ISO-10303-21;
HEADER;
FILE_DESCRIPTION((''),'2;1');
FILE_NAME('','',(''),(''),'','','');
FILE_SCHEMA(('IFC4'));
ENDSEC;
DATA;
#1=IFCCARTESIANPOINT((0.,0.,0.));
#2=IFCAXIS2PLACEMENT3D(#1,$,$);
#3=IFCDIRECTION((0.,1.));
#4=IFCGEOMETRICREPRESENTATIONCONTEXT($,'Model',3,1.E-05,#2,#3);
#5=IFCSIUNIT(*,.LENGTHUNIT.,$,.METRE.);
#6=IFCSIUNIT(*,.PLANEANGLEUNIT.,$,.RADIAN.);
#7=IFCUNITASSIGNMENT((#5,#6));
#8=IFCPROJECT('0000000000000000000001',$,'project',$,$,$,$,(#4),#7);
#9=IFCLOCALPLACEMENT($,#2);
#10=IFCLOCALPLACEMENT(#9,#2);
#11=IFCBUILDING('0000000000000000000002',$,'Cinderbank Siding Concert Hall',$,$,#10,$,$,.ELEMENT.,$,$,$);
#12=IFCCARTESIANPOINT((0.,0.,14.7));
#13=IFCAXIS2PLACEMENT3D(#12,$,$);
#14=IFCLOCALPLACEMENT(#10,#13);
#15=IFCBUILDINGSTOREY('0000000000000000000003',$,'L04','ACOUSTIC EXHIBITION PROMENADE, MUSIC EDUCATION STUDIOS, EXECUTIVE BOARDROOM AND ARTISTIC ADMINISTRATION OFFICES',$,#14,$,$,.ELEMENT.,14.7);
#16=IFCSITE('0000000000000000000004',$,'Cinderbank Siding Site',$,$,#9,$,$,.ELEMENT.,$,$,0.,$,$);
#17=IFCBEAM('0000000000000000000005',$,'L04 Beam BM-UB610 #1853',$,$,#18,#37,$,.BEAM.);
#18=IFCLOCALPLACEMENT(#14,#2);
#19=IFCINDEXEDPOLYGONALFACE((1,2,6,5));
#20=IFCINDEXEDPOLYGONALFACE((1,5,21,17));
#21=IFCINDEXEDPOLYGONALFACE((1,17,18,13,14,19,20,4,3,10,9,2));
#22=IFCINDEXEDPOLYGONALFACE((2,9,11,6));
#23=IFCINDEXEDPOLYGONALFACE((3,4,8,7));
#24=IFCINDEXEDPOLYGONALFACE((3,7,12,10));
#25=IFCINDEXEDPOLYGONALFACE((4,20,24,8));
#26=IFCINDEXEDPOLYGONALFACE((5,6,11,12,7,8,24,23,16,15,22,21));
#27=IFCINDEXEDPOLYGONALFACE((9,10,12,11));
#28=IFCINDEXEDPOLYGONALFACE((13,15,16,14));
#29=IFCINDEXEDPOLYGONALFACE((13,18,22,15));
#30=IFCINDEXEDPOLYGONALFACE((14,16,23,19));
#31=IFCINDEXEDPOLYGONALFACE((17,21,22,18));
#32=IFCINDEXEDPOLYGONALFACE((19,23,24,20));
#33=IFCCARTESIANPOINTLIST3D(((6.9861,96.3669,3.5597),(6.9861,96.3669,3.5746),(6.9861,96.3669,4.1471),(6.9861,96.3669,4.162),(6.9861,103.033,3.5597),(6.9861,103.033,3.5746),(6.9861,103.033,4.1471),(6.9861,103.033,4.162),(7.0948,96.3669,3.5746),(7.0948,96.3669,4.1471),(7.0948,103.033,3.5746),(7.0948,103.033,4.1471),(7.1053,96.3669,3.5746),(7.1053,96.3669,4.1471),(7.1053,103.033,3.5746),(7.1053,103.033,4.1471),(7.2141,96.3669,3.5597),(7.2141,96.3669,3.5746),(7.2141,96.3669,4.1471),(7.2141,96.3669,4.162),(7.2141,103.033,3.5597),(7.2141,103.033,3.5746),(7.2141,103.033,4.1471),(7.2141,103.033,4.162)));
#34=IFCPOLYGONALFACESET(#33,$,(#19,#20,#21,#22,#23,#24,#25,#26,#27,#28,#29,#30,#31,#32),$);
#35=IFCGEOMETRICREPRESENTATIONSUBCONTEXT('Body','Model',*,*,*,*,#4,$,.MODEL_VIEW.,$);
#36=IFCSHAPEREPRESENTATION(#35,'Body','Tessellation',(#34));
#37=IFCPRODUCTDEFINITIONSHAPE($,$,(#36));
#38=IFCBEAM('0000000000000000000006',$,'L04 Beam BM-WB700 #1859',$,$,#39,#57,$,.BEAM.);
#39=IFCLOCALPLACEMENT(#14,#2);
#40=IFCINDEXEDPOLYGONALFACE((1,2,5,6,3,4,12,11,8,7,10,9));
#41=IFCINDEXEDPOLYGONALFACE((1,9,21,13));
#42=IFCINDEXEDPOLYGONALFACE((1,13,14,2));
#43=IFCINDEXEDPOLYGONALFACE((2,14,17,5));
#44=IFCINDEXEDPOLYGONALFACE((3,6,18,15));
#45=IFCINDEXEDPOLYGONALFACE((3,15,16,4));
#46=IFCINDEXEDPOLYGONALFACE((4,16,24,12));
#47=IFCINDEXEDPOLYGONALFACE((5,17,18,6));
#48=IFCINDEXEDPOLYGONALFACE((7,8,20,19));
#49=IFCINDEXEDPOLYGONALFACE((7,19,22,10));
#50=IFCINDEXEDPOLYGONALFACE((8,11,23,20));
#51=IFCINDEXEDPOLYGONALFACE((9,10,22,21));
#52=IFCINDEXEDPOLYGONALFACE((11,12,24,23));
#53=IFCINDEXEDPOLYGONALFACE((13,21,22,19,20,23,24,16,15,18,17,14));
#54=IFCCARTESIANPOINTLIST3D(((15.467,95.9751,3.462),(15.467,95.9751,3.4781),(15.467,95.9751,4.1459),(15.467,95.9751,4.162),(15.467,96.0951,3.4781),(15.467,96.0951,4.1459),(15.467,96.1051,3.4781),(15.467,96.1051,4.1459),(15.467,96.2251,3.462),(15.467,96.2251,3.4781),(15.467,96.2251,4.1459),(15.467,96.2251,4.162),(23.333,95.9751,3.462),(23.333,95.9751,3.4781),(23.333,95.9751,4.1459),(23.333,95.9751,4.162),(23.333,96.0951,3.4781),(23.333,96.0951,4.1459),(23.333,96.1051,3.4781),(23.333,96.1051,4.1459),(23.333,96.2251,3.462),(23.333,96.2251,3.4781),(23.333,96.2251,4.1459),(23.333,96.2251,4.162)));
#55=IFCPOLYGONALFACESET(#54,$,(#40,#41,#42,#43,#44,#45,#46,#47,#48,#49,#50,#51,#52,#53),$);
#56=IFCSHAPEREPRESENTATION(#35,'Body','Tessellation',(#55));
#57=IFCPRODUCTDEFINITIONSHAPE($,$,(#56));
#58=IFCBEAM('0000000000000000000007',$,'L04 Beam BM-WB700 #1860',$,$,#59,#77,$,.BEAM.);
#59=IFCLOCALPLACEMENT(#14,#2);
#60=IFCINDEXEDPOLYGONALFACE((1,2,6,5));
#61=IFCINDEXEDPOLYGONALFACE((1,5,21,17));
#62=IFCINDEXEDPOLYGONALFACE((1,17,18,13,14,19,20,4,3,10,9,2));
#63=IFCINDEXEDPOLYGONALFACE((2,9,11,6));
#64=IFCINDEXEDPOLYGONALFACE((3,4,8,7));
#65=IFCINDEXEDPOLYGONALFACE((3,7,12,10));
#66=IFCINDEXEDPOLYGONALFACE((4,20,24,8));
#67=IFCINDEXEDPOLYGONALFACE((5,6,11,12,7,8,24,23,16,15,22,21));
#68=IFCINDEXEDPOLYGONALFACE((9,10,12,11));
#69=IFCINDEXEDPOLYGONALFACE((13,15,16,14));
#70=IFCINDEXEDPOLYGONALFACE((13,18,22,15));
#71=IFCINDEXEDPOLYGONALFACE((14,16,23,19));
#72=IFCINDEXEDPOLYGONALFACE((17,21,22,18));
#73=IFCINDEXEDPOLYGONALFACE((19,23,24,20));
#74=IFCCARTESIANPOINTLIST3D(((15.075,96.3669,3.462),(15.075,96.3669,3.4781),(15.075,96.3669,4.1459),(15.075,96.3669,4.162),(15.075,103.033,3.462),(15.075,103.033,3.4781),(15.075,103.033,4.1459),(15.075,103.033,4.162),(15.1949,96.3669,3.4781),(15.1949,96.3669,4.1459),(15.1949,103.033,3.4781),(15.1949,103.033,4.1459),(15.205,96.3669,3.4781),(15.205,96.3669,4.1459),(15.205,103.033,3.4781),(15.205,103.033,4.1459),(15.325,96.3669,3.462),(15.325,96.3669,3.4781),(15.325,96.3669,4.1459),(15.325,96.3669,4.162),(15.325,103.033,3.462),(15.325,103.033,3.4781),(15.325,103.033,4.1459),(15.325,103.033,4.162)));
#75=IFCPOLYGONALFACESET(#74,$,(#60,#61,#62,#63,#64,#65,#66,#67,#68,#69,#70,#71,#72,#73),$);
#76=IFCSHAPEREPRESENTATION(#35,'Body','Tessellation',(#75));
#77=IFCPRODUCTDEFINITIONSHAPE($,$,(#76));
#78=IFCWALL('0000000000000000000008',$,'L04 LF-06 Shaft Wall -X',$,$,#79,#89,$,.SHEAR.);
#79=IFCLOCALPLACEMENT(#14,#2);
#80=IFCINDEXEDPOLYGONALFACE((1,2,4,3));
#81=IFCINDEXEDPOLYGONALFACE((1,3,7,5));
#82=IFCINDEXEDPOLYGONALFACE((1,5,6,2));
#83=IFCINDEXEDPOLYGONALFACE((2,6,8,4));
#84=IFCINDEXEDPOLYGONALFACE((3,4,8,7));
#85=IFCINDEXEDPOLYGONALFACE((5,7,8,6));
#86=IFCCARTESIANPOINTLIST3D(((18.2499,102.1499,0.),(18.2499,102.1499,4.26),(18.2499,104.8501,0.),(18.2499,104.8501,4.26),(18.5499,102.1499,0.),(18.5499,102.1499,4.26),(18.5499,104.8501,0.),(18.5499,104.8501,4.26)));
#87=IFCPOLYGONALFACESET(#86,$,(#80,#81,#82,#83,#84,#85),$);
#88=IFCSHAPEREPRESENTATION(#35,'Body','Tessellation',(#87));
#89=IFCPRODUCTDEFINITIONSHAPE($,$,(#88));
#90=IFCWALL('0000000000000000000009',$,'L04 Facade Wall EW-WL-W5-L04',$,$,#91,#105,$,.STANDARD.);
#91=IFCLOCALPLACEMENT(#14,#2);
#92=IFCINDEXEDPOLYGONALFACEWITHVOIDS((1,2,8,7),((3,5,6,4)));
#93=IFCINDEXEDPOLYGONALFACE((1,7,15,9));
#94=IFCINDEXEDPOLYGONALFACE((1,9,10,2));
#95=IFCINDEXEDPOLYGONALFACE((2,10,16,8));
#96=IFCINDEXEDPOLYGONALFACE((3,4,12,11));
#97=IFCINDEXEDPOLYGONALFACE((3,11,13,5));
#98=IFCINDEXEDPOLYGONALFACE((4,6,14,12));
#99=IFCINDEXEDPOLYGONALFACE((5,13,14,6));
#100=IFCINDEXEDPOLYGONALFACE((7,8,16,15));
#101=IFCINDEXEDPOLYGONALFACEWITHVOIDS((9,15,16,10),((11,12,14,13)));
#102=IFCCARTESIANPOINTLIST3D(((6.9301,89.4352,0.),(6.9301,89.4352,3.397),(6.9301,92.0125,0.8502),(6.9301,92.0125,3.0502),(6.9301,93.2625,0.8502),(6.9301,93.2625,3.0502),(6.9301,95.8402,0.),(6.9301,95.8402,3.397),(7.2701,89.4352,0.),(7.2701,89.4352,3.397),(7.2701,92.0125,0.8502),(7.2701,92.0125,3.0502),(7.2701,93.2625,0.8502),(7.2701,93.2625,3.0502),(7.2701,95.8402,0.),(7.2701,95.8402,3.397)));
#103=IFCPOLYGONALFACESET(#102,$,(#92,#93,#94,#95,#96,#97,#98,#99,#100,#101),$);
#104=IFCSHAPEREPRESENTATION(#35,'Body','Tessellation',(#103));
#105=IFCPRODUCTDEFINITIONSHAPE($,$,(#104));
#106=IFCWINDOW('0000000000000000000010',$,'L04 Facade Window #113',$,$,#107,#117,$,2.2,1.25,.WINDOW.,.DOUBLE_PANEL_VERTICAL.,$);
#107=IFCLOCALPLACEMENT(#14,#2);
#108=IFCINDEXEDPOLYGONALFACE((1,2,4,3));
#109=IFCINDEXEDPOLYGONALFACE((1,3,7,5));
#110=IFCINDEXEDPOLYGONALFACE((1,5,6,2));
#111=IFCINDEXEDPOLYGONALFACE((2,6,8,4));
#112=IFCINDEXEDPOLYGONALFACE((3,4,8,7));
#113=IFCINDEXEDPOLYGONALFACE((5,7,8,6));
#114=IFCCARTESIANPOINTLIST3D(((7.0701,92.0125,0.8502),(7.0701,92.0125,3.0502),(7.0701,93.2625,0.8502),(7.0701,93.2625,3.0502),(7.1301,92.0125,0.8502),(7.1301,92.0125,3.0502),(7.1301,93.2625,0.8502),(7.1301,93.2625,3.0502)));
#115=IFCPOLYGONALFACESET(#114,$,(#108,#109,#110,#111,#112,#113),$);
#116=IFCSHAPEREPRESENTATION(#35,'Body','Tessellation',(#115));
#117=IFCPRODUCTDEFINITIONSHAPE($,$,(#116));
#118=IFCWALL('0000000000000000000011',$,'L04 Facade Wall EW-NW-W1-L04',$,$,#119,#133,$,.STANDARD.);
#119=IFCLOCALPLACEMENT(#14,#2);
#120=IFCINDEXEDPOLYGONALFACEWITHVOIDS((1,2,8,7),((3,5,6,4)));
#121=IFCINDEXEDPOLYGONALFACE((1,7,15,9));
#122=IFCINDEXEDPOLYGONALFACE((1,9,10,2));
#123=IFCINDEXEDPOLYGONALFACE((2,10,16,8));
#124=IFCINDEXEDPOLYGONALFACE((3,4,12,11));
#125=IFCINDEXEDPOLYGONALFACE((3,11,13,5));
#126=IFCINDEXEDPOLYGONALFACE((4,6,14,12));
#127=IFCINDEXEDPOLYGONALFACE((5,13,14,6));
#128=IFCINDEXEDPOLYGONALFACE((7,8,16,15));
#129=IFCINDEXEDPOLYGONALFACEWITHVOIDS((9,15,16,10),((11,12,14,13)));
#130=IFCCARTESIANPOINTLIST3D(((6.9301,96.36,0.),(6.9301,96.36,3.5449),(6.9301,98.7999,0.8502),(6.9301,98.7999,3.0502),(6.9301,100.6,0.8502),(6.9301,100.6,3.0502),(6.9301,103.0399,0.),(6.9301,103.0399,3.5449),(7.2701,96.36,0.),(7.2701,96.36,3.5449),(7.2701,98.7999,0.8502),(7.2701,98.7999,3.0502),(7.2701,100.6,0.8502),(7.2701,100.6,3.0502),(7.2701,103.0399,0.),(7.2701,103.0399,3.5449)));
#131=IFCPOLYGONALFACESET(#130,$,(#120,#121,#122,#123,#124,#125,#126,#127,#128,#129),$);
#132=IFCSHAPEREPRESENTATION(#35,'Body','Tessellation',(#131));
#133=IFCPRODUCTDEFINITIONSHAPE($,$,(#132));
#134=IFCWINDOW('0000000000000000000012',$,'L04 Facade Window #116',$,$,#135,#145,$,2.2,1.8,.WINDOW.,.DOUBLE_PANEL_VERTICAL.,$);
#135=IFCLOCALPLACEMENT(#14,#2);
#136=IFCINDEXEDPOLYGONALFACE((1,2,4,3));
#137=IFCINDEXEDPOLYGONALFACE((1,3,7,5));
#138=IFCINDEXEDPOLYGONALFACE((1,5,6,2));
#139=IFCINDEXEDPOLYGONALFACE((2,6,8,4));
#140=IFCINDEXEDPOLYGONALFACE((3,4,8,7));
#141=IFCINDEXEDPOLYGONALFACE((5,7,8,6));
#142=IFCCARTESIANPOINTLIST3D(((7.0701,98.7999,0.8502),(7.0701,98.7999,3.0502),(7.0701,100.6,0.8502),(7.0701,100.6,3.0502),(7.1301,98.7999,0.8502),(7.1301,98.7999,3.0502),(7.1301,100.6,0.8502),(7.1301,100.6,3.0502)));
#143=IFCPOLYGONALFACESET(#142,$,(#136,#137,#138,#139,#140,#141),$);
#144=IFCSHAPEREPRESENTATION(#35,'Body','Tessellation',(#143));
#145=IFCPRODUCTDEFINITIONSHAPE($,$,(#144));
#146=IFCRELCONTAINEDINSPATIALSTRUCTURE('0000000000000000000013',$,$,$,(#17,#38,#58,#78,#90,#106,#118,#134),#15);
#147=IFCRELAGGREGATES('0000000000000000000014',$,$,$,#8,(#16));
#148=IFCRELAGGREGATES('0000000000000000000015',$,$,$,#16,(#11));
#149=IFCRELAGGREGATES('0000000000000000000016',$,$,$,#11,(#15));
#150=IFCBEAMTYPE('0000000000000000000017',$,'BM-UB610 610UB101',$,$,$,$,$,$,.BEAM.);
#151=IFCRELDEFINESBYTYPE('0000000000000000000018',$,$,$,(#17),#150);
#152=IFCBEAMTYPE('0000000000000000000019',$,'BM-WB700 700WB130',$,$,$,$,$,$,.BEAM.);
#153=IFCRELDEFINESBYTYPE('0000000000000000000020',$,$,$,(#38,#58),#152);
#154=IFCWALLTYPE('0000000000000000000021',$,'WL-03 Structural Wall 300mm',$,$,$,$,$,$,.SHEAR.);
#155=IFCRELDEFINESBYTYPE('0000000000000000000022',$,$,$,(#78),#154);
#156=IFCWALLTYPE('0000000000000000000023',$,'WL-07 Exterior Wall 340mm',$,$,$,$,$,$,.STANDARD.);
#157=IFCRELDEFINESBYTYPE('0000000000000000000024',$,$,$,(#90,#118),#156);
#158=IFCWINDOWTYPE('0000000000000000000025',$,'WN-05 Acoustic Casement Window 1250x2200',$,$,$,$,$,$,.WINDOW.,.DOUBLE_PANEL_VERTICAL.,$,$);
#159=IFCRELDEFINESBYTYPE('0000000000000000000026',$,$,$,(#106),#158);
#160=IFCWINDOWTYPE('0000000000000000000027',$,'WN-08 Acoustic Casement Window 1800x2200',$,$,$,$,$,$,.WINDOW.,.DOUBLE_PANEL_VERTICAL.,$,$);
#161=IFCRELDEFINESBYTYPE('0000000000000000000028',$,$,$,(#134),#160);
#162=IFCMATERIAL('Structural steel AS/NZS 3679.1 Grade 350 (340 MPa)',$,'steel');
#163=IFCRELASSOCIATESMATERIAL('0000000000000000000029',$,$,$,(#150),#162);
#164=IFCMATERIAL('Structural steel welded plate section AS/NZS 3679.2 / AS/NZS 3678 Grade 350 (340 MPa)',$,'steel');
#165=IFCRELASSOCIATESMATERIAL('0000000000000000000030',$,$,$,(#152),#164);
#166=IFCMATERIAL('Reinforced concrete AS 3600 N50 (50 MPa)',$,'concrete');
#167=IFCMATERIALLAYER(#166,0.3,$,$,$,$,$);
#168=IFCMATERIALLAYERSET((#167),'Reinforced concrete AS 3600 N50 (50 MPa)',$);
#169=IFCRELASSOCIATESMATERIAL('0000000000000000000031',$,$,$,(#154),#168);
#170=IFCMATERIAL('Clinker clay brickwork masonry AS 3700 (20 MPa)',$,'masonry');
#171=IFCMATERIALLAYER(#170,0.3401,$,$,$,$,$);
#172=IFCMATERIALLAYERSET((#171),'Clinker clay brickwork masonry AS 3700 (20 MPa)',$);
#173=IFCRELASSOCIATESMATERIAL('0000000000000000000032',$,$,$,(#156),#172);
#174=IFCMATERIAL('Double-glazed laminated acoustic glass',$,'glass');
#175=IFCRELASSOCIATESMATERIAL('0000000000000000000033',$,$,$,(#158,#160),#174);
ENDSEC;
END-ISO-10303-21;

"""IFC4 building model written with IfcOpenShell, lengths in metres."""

from ifc_helpers import new_model, si_unit, direction, frame, frame_2d, origin, origin_2d, place, context, subcontext, project, spatial, rectangle, i_section, extrude, material, layer, layer_set, material_profile, profile_set, type_object, element, fill, save


model = new_model("IFC4")

# Units and contexts
model_context = context("Model", 3, precision=1e-05, world=origin(), true_north=direction((0.0, 1.0)))
body_context = subcontext(model_context, "Body", "Model", "MODEL_VIEW")
ifc_project = project(units=[si_unit("LENGTHUNIT", "METRE"), si_unit("PLANEANGLEUNIT", "RADIAN")], contexts=[model_context])

# Site, building, storey
site_placement = place(None, origin())
site = spatial("IfcSite", under=ifc_project, at=site_placement, Name="Cinderbank Siding Site", CompositionType="ELEMENT", RefElevation=0.0)
building_placement = place(site_placement, origin())
building = spatial("IfcBuilding", under=site, at=building_placement, Name="Cinderbank Siding Concert Hall", CompositionType="ELEMENT")
storey_placement = place(building_placement, frame((0.0, 0.0, 14.7)))
storey = spatial("IfcBuildingStorey", under=building, at=storey_placement, Name="L04", Description="ACOUSTIC EXHIBITION PROMENADE, MUSIC EDUCATION STUDIOS, EXECUTIVE BOARDROOM AND ARTISTIC ADMINISTRATION OFFICES", CompositionType="ELEMENT", Elevation=14.7)

# Shared definitions
ifc_material_1 = material(Name="Reinforced concrete AS 3600 N50 (50 MPa)", Category="concrete")

# Beams
ifc_material_2 = material(Name="Structural steel AS/NZS 3679.1 Grade 350 (340 MPa)", Category="steel")
ifc_material_profile_1 = material_profile(ifc_material_2, i_section(OverallWidth=0.228, OverallDepth=0.6023, WebThickness=0.0105, FlangeThickness=0.0149, at=origin_2d()), Name="610UB101", Category="LoadBearing")
ifc_profile_set_1 = profile_set([ifc_material_profile_1], Name="Structural steel AS/NZS 3679.1 Grade 350 (340 MPa)")
beam_type_1 = type_object("IfcBeamType", Name="BM-UB610 610UB101", PredefinedType="BEAM", material=ifc_profile_set_1)
beam_1_placement = place(storey_placement, frame((7.1001, 96.3669, 3.8608), z_axis=(0.0, 1.0, 0.0), x_axis=(-1.0, 0.0, 0.0)))
element("IfcBeam", 1, at=beam_1_placement, inside=storey, type_object=beam_type_1, Name="L04 Beam BM-UB610 #1853", PredefinedType="BEAM", context=body_context, shape_type="SweptSolid", body=[
    extrude(i_section(OverallWidth=0.228, OverallDepth=0.6023, WebThickness=0.0105, FlangeThickness=0.0149, at=origin_2d()), origin(), (0.0, 0.0, 1.0), 6.666),
])
ifc_material_3 = material(Name="Structural steel welded plate section AS/NZS 3679.2 / AS/NZS 3678 Grade 350 (340 MPa)", Category="steel")
ifc_material_profile_2 = material_profile(ifc_material_3, i_section(OverallWidth=0.25, OverallDepth=0.7, WebThickness=0.01, FlangeThickness=0.0161, at=origin_2d()), Name="700WB130", Category="LoadBearing")
ifc_profile_set_2 = profile_set([ifc_material_profile_2], Name="Structural steel welded plate section AS/NZS 3679.2 / AS/NZS 3678 Grade 350 (340 MPa)")
beam_type_2 = type_object("IfcBeamType", Name="BM-WB700 700WB130", PredefinedType="BEAM", material=ifc_profile_set_2)
beam_2_placement = place(storey_placement, frame((15.467, 96.1001, 3.812), z_axis=(1.0, 0.0, 0.0), x_axis=(0.0, 1.0, 0.0)))
element("IfcBeam", 2, at=beam_2_placement, inside=storey, type_object=beam_type_2, Name="L04 Beam BM-WB700 #1859", PredefinedType="BEAM", context=body_context, shape_type="SweptSolid", body=[
    extrude(i_section(OverallWidth=0.25, OverallDepth=0.7, WebThickness=0.01, FlangeThickness=0.0161, at=origin_2d()), origin(), (0.0, 0.0, 1.0), 7.866),
])
beam_3_placement = place(storey_placement, frame((15.2, 96.3669, 3.812), z_axis=(0.0, 1.0, 0.0), x_axis=(-1.0, 0.0, 0.0)))
element("IfcBeam", 3, at=beam_3_placement, inside=storey, type_object=beam_type_2, Name="L04 Beam BM-WB700 #1860", PredefinedType="BEAM", context=body_context, shape_type="SweptSolid", body=[
    extrude(i_section(OverallWidth=0.25, OverallDepth=0.7, WebThickness=0.01, FlangeThickness=0.0161, at=origin_2d()), origin(), (0.0, 0.0, 1.0), 6.666),
])

# Shared definitions
ifc_layer_1 = layer(ifc_material_1, 0.3)
ifc_layer_set_1 = layer_set([ifc_layer_1], Name="Reinforced concrete AS 3600 N50 (50 MPa)")
wall_type_1 = type_object("IfcWallType", Name="WL-03 Structural Wall 300mm", PredefinedType="SHEAR", material=ifc_layer_set_1)

# Wall
wall_1_placement = place(storey_placement, frame((18.3999, 102.1499, 0.0), z_axis=(0.0, 0.0, 1.0), x_axis=(0.0, 1.0, 0.0)))
element("IfcWall", 4, at=wall_1_placement, inside=storey, type_object=wall_type_1, Name="L04 LF-06 Shaft Wall -X", PredefinedType="SHEAR", context=body_context, shape_type="SweptSolid", body=[
    extrude(rectangle(XDim=2.7002, YDim=0.3, at=frame_2d((1.3501, 0.0))), origin(), (0.0, 0.0, 1.0), 4.26),
])

# Walls, openings, windows
ifc_material_4 = material(Name="Clinker clay brickwork masonry AS 3700 (20 MPa)", Category="masonry")
ifc_layer_2 = layer(ifc_material_4, 0.3401)
ifc_layer_set_2 = layer_set([ifc_layer_2], Name="Clinker clay brickwork masonry AS 3700 (20 MPa)")
wall_type_2 = type_object("IfcWallType", Name="WL-07 Exterior Wall 340mm", PredefinedType="STANDARD", material=ifc_layer_set_2)
wall_2_placement = place(storey_placement, frame((7.1001, 89.4351, 0.0), z_axis=(0.0, 0.0, 1.0), x_axis=(0.0, 1.0, 0.0)))
wall_2 = element("IfcWall", 5, at=wall_2_placement, inside=storey, type_object=wall_type_2, Name="L04 Facade Wall EW-WL-W5-L04", PredefinedType="STANDARD", context=body_context, shape_type="SweptSolid", body=[
    extrude(rectangle(XDim=6.405, YDim=0.3401, at=frame_2d((3.2026, 0.0))), origin(), (0.0, 0.0, 1.0), 3.397),
])
opening_1_placement = place(wall_2_placement, frame((2.5774, 0.0, 0.8501)))
opening_1 = element("IfcOpeningElement", 6, at=opening_1_placement, cuts=wall_2, PredefinedType="OPENING", context=body_context, shape_type="SweptSolid", body=[
    extrude(rectangle(XDim=1.25, YDim=2.2, at=frame_2d((0.625, 1.1001))), frame((0.0, 0.1821, 0.0), z_axis=(0.0, -1.0, 0.0), x_axis=(1.0, 0.0, 0.0)), (0.0, 0.0, 1.0), 0.364),
])
ifc_material_5 = material(Name="Double-glazed laminated acoustic glass", Category="glass")
window_type_1 = type_object("IfcWindowType", Name="WN-05 Acoustic Casement Window 1250x2200", PartitioningType="DOUBLE_PANEL_VERTICAL", PredefinedType="WINDOW", material=ifc_material_5)
window_1_placement = place(opening_1_placement, origin())
window_1 = element("IfcWindow", 7, at=window_1_placement, inside=storey, type_object=window_type_1, Name="L04 Facade Window #113", OverallHeight=2.2, OverallWidth=1.25, PartitioningType="DOUBLE_PANEL_VERTICAL", PredefinedType="WINDOW", context=body_context, shape_type="SweptSolid", body=[
    extrude(rectangle(XDim=1.25, YDim=2.2, at=frame_2d((0.625, 1.1001))), frame((0.0, 0.03, 0.0), z_axis=(0.0, -1.0, 0.0), x_axis=(1.0, 0.0, 0.0)), (0.0, 0.0, 1.0), 0.0601),
])
fill(opening_1, window_1)
wall_3_placement = place(storey_placement, frame((7.1001, 96.3601, 0.0), z_axis=(0.0, 0.0, 1.0), x_axis=(0.0, 1.0, 0.0)))
wall_3 = element("IfcWall", 8, at=wall_3_placement, inside=storey, type_object=wall_type_2, Name="L04 Facade Wall EW-NW-W1-L04", PredefinedType="STANDARD", context=body_context, shape_type="SweptSolid", body=[
    extrude(rectangle(XDim=6.6799, YDim=0.3401, at=frame_2d((3.3398, 0.0))), origin(), (0.0, 0.0, 1.0), 3.5449),
])
opening_2_placement = place(wall_3_placement, frame((2.4399, 0.0, 0.8501)))
opening_2 = element("IfcOpeningElement", 9, at=opening_2_placement, cuts=wall_3, PredefinedType="OPENING", context=body_context, shape_type="SweptSolid", body=[
    extrude(rectangle(XDim=1.8, YDim=2.2, at=frame_2d((0.8999, 1.1001))), frame((0.0, 0.1821, 0.0), z_axis=(0.0, -1.0, 0.0), x_axis=(1.0, 0.0, 0.0)), (0.0, 0.0, 1.0), 0.364),
])
window_type_2 = type_object("IfcWindowType", Name="WN-08 Acoustic Casement Window 1800x2200", PartitioningType="DOUBLE_PANEL_VERTICAL", PredefinedType="WINDOW", material=ifc_material_5)
window_2_placement = place(opening_2_placement, origin())
window_2 = element("IfcWindow", 10, at=window_2_placement, inside=storey, type_object=window_type_2, Name="L04 Facade Window #116", OverallHeight=2.2, OverallWidth=1.8, PartitioningType="DOUBLE_PANEL_VERTICAL", PredefinedType="WINDOW", context=body_context, shape_type="SweptSolid", body=[
    extrude(rectangle(XDim=1.8, YDim=2.2, at=frame_2d((0.8999, 1.1001))), frame((0.0, 0.03, 0.0), z_axis=(0.0, -1.0, 0.0), x_axis=(1.0, 0.0, 0.0)), (0.0, 0.0, 1.0), 0.0601),
])
fill(opening_2, window_2)

save(model, "model.ifc")
